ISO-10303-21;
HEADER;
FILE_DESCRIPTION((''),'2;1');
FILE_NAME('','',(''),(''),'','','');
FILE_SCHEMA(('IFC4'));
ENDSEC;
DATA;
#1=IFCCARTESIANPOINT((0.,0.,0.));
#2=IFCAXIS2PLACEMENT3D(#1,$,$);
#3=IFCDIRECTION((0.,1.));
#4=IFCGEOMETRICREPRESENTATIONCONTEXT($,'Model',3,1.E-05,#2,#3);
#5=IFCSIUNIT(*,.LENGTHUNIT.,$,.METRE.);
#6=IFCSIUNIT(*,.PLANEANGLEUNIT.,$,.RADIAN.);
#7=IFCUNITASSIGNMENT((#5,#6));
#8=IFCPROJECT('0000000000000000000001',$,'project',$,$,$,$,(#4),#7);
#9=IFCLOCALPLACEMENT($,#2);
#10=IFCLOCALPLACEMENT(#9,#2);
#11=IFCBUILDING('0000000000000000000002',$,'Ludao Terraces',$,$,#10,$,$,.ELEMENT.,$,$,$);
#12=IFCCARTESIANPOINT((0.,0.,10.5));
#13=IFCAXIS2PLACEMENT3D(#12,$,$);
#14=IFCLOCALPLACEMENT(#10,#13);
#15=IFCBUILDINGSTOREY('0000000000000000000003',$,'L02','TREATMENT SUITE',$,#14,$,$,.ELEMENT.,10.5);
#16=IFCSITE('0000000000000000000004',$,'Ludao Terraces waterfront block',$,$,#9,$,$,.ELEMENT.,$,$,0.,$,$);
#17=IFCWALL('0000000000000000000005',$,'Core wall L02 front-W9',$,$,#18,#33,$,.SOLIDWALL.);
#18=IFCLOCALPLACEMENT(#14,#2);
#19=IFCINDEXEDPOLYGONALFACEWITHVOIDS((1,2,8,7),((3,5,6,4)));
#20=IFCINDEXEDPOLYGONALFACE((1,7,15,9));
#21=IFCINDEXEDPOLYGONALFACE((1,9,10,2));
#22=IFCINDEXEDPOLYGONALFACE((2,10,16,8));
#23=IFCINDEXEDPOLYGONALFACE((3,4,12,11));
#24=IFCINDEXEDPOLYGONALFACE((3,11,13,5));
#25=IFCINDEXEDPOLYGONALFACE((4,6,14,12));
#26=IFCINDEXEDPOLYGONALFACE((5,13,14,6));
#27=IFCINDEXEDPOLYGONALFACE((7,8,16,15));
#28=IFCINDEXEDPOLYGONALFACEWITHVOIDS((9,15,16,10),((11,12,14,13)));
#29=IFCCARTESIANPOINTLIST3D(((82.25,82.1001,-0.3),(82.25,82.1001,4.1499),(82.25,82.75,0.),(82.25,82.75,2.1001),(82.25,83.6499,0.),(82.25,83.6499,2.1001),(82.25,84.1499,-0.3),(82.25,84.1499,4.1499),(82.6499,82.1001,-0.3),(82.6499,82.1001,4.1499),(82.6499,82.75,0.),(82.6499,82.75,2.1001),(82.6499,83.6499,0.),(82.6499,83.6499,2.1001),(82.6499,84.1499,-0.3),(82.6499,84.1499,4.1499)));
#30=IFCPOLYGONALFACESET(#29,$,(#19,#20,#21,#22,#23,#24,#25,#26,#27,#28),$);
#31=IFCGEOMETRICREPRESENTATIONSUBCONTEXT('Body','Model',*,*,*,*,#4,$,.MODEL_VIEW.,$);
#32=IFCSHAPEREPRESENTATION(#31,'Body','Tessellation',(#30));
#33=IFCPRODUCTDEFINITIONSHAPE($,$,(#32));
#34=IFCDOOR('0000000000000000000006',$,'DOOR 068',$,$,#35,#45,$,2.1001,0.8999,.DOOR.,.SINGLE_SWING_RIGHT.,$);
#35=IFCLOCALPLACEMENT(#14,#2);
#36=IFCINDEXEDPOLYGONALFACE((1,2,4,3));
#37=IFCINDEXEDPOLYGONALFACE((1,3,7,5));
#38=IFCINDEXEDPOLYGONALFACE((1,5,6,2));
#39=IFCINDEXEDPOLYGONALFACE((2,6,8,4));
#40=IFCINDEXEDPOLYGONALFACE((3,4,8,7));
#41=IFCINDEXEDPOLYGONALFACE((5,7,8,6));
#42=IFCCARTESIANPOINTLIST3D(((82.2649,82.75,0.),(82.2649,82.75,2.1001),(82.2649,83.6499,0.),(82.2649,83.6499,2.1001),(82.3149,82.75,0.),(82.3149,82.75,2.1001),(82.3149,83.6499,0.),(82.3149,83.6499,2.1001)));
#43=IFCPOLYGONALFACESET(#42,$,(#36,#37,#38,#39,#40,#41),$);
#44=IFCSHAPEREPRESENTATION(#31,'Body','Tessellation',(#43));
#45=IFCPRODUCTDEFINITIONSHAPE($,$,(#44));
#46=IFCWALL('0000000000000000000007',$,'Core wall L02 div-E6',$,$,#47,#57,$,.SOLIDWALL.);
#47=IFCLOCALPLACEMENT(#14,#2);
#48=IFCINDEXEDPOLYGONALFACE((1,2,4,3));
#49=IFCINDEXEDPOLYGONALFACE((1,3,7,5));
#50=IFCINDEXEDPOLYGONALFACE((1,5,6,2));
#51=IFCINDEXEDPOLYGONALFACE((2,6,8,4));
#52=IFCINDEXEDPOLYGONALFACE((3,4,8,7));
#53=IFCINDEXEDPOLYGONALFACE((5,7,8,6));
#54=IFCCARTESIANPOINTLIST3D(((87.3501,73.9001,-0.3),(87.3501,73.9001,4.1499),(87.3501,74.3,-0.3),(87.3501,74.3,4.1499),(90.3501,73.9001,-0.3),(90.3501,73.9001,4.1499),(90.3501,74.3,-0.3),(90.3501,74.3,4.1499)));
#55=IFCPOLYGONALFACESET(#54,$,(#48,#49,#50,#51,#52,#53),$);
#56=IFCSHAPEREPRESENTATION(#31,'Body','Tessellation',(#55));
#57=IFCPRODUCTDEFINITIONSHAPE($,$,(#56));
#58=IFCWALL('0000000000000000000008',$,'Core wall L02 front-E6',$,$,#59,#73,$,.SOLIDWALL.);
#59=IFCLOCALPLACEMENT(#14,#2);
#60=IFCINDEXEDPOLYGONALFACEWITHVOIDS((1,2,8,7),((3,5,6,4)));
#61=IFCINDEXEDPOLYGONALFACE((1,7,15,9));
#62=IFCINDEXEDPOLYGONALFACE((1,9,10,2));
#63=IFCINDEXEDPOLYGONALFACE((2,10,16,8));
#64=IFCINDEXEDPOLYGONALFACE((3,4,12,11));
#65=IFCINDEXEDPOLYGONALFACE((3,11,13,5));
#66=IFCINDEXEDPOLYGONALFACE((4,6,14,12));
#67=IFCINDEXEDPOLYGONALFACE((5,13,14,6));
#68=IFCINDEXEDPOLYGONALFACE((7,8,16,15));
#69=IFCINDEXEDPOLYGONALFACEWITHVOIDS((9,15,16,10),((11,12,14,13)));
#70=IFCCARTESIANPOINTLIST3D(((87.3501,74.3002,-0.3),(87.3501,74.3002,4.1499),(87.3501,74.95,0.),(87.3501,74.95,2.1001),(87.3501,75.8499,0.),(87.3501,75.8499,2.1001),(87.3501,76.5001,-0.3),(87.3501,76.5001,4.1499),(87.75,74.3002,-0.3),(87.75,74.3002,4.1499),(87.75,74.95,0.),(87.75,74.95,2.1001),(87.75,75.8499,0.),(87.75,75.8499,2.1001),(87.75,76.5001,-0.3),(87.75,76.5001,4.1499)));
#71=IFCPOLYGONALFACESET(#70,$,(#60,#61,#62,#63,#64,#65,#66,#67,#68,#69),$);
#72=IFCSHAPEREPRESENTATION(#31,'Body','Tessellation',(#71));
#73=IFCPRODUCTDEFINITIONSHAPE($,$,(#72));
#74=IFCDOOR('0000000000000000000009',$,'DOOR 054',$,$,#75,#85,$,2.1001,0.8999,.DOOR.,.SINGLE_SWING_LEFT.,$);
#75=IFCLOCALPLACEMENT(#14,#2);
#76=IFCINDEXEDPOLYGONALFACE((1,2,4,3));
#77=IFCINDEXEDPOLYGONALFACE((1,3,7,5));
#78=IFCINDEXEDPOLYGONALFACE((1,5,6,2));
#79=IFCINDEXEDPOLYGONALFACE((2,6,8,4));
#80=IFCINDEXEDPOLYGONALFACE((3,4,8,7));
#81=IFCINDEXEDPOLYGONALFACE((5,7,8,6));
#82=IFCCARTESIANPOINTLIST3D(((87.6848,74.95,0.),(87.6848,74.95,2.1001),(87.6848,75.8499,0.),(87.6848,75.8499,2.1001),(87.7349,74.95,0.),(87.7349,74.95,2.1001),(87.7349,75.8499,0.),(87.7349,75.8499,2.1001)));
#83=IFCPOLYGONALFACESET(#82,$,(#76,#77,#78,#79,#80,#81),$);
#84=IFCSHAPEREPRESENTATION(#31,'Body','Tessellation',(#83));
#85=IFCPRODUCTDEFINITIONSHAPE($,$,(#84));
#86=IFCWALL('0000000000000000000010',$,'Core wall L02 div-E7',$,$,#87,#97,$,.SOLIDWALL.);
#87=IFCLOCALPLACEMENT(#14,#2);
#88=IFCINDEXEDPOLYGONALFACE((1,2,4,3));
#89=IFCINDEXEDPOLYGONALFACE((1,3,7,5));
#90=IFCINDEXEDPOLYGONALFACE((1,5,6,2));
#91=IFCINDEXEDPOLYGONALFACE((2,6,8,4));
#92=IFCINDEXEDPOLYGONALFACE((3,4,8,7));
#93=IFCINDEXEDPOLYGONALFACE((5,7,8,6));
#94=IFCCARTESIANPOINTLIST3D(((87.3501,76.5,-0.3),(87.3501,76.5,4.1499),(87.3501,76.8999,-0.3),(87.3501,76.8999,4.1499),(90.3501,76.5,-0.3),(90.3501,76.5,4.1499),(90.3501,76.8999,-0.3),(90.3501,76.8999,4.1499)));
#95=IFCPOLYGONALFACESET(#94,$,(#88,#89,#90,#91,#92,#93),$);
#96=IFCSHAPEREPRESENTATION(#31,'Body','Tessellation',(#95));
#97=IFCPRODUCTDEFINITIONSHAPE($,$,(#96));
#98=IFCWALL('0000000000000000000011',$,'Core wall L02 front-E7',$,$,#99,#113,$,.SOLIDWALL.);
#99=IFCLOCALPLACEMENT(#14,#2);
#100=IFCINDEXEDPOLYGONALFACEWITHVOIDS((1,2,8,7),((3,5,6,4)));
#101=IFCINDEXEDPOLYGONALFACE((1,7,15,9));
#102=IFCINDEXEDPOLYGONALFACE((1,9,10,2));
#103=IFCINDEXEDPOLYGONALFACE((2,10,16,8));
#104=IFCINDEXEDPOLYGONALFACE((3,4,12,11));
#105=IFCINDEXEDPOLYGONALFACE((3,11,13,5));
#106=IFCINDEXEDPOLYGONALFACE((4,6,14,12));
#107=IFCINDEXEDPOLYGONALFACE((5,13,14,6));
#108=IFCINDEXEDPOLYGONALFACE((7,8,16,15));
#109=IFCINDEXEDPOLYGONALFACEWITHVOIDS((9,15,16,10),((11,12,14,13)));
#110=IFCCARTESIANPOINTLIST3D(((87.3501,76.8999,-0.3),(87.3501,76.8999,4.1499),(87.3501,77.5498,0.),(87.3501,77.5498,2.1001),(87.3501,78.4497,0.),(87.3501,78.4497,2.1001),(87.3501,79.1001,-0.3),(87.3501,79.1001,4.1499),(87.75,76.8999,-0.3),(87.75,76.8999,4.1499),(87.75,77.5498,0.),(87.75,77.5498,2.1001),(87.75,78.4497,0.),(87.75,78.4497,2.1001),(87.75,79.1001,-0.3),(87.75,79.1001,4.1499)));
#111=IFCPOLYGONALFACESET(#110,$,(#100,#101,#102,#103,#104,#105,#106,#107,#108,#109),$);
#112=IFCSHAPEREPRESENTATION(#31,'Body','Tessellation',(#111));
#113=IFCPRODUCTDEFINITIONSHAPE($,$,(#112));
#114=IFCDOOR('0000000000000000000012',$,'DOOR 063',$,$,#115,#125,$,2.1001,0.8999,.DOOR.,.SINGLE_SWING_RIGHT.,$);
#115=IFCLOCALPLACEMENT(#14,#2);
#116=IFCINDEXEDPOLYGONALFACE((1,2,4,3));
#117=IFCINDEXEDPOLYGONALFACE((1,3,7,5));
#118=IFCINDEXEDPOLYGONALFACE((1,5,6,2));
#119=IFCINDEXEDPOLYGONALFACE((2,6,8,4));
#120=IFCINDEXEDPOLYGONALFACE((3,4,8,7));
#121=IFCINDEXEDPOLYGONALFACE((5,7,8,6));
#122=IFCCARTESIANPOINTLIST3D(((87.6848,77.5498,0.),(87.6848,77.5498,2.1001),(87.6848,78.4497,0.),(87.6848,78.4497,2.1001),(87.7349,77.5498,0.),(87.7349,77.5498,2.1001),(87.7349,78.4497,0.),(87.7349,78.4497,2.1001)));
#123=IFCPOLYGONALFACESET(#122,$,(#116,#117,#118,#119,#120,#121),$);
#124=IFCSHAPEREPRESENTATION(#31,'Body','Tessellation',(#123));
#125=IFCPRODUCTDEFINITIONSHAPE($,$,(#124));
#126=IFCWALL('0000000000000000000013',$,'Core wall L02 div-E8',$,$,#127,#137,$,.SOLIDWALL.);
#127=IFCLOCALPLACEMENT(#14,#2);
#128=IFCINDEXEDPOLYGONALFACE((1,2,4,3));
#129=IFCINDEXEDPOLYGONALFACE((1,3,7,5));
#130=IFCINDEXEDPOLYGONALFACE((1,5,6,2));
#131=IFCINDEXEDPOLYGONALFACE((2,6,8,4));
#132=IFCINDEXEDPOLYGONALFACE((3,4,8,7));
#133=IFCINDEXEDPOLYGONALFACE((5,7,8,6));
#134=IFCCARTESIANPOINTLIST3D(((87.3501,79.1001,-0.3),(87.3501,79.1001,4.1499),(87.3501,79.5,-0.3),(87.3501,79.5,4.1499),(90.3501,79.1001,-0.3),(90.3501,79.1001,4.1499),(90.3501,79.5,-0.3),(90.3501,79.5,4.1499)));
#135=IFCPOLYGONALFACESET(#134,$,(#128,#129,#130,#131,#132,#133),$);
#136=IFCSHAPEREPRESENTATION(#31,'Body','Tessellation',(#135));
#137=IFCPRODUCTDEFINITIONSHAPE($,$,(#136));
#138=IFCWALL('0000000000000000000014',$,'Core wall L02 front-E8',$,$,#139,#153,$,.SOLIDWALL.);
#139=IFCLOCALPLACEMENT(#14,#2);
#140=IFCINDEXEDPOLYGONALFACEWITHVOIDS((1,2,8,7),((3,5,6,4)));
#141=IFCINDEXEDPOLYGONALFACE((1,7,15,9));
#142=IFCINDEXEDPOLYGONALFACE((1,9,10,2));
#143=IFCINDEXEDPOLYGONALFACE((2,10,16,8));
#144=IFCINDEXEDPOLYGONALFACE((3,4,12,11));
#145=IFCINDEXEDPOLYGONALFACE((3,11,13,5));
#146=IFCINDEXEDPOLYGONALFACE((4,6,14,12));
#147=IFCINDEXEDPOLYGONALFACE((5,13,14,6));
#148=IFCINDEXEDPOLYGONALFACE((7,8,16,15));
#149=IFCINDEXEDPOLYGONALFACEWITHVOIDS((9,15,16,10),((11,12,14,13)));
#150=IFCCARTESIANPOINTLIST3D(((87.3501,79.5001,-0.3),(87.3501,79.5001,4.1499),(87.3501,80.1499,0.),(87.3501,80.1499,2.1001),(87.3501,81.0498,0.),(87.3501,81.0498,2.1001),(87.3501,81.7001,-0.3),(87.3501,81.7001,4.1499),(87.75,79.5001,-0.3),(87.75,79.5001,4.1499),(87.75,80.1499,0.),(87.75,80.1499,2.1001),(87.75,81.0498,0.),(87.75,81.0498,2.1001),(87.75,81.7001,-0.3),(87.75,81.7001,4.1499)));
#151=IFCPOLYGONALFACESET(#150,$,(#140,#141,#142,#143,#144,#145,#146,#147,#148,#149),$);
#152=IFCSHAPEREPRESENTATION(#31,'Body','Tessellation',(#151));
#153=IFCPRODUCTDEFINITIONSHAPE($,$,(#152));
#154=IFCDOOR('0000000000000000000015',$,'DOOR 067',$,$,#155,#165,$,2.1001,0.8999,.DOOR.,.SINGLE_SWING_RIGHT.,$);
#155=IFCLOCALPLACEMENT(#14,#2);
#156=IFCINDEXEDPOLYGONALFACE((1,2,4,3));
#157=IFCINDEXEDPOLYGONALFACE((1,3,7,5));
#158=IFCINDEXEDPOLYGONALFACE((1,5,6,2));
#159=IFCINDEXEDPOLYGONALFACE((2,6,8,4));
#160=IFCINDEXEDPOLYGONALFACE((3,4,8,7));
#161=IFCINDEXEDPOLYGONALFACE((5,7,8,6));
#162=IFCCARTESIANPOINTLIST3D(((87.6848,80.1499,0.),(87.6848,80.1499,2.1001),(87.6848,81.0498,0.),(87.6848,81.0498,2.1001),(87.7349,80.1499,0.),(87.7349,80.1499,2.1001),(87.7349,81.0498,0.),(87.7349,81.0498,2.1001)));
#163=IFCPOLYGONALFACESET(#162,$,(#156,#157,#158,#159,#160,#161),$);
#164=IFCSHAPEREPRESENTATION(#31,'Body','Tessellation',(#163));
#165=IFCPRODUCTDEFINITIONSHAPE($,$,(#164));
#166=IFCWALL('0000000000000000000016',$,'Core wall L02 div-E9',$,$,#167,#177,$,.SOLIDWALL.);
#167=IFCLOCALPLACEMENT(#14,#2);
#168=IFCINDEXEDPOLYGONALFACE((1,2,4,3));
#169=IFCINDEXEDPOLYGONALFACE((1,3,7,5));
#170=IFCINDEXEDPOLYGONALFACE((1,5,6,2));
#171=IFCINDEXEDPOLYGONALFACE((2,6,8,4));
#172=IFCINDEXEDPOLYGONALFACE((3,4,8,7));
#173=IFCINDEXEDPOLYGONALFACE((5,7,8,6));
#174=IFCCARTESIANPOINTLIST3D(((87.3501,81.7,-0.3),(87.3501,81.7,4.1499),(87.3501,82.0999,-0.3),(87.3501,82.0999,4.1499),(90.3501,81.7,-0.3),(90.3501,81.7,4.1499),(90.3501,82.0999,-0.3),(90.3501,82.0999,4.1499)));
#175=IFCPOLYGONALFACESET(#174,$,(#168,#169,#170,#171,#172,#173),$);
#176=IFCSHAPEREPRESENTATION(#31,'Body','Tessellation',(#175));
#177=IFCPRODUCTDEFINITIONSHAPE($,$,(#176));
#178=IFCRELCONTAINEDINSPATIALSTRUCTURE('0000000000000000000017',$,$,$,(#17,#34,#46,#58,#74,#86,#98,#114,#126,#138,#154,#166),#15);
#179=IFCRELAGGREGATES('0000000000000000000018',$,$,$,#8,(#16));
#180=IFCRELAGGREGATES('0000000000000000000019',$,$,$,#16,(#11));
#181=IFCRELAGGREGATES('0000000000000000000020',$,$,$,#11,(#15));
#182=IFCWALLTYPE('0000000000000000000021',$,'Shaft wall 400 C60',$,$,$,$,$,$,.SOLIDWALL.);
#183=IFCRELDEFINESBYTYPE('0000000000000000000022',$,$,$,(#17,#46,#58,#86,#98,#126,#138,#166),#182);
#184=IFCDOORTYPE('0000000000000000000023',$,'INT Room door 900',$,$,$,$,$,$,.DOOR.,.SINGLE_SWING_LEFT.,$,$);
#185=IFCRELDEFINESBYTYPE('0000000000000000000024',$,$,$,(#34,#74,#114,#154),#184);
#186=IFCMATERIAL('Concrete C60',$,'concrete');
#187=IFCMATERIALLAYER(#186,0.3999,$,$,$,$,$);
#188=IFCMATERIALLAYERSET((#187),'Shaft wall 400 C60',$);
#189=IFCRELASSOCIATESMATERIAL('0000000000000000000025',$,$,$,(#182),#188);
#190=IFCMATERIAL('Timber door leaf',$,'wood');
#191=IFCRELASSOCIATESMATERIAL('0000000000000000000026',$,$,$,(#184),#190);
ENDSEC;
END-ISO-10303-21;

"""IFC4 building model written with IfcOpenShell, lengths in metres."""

from ifc_helpers import new_model, si_unit, direction, frame, frame_2d, origin, place, context, subcontext, project, spatial, rectangle, extrude, material, layer, layer_set, type_object, element, fill, save


model = new_model("IFC4")

# Units and contexts
model_context = context("Model", 3, precision=1e-05, world=origin(), true_north=direction((0.0, 1.0)))
body_context = subcontext(model_context, "Body", "Model", "MODEL_VIEW")
ifc_project = project(units=[si_unit("LENGTHUNIT", "METRE"), si_unit("PLANEANGLEUNIT", "RADIAN")], contexts=[model_context])

# Site, building, storey
site_placement = place(None, origin())
site = spatial("IfcSite", under=ifc_project, at=site_placement, Name="Ludao Terraces waterfront block", CompositionType="ELEMENT", RefElevation=0.0)
building_placement = place(site_placement, origin())
building = spatial("IfcBuilding", under=site, at=building_placement, Name="Ludao Terraces", CompositionType="ELEMENT")
storey_placement = place(building_placement, frame((0.0, 0.0, 10.5)))
storey = spatial("IfcBuildingStorey", under=building, at=storey_placement, Name="L02", Description="TREATMENT SUITE", CompositionType="ELEMENT", Elevation=10.5)

# Shared definitions
ifc_material_1 = material(Name="Concrete C60", Category="concrete")

# Shared definitions
ifc_layer_1 = layer(ifc_material_1, 0.3999)
ifc_layer_set_1 = layer_set([ifc_layer_1], Name="Shaft wall 400 C60")
wall_type_1 = type_object("IfcWallType", Name="Shaft wall 400 C60", PredefinedType="SOLIDWALL", material=ifc_layer_set_1)

# Wall, opening, door
wall_1_placement = place(storey_placement, frame((82.45, 82.1001, -0.3), z_axis=(0.0, 0.0, 1.0), x_axis=(0.0, 1.0, 0.0)))
wall_1 = element("IfcWall", 1, at=wall_1_placement, inside=storey, type_object=wall_type_1, Name="Core wall L02 front-W9", PredefinedType="SOLIDWALL", context=body_context, shape_type="SweptSolid", body=[
    extrude(rectangle(XDim=2.0498, YDim=0.3999, at=frame_2d((1.0249, 0.0))), origin(), (0.0, 0.0, 1.0), 4.45),
])
opening_1_placement = place(wall_1_placement, frame((0.6499, 0.0, 0.3)))
opening_1 = element("IfcOpeningElement", 2, at=opening_1_placement, cuts=wall_1, PredefinedType="OPENING", context=body_context, shape_type="SweptSolid", body=[
    extrude(rectangle(XDim=0.8999, YDim=2.1001, at=frame_2d((0.45, 1.05))), frame((0.0, 0.21, 0.0), z_axis=(0.0, -1.0, 0.0), x_axis=(1.0, 0.0, 0.0)), (0.0, 0.0, 1.0), 0.4199),
])
ifc_material_2 = material(Name="Timber door leaf", Category="wood")
door_type_1 = type_object("IfcDoorType", Name="INT Room door 900", OperationType="SINGLE_SWING_LEFT", PredefinedType="DOOR", material=ifc_material_2)
door_1_placement = place(opening_1_placement, origin())
door_1 = element("IfcDoor", 3, at=door_1_placement, inside=storey, type_object=door_type_1, Name="DOOR 068", OperationType="SINGLE_SWING_RIGHT", OverallHeight=2.1001, OverallWidth=0.8999, PredefinedType="DOOR", context=body_context, shape_type="SweptSolid", body=[
    extrude(rectangle(XDim=0.8999, YDim=2.1001, at=frame_2d((0.45, 1.05))), frame((0.0, 0.1851, 0.0), z_axis=(0.0, -1.0, 0.0), x_axis=(1.0, 0.0, 0.0)), (0.0, 0.0, 1.0), 0.05),
])
fill(opening_1, door_1)

# Wall
wall_2_placement = place(storey_placement, frame((87.3501, 74.1001, -0.3), z_axis=(0.0, 0.0, 1.0), x_axis=(1.0, 0.0, 0.0)))
element("IfcWall", 4, at=wall_2_placement, inside=storey, type_object=wall_type_1, Name="Core wall L02 div-E6", PredefinedType="SOLIDWALL", context=body_context, shape_type="SweptSolid", body=[
    extrude(rectangle(XDim=3.0, YDim=0.3999, at=frame_2d((1.5, 0.0))), origin(), (0.0, 0.0, 1.0), 4.45),
])

# Wall, opening, door
wall_3_placement = place(storey_placement, frame((87.55, 74.3, -0.3), z_axis=(0.0, 0.0, 1.0), x_axis=(0.0, 1.0, 0.0)))
wall_3 = element("IfcWall", 5, at=wall_3_placement, inside=storey, type_object=wall_type_1, Name="Core wall L02 front-E6", PredefinedType="SOLIDWALL", context=body_context, shape_type="SweptSolid", body=[
    extrude(rectangle(XDim=2.2, YDim=0.3999, at=frame_2d((1.1001, 0.0))), origin(), (0.0, 0.0, 1.0), 4.45),
])
opening_2_placement = place(wall_3_placement, frame((0.6499, 0.0, 0.3)))
opening_2 = element("IfcOpeningElement", 6, at=opening_2_placement, cuts=wall_3, PredefinedType="OPENING", context=body_context, shape_type="SweptSolid", body=[
    extrude(rectangle(XDim=0.8999, YDim=2.1001, at=frame_2d((0.45, 1.05))), frame((0.0, 0.21, 0.0), z_axis=(0.0, -1.0, 0.0), x_axis=(1.0, 0.0, 0.0)), (0.0, 0.0, 1.0), 0.4199),
])
door_2_placement = place(opening_2_placement, origin())
door_2 = element("IfcDoor", 7, at=door_2_placement, inside=storey, type_object=door_type_1, Name="DOOR 054", OperationType="SINGLE_SWING_LEFT", OverallHeight=2.1001, OverallWidth=0.8999, PredefinedType="DOOR", context=body_context, shape_type="SweptSolid", body=[
    extrude(rectangle(XDim=0.8999, YDim=2.1001, at=frame_2d((0.45, 1.05))), frame((0.0, -0.1348, 0.0), z_axis=(0.0, -1.0, 0.0), x_axis=(1.0, 0.0, 0.0)), (0.0, 0.0, 1.0), 0.05),
])
fill(opening_2, door_2)

# Wall
wall_4_placement = place(storey_placement, frame((87.3501, 76.7, -0.3), z_axis=(0.0, 0.0, 1.0), x_axis=(1.0, 0.0, 0.0)))
element("IfcWall", 8, at=wall_4_placement, inside=storey, type_object=wall_type_1, Name="Core wall L02 div-E7", PredefinedType="SOLIDWALL", context=body_context, shape_type="SweptSolid", body=[
    extrude(rectangle(XDim=3.0, YDim=0.3999, at=frame_2d((1.5, 0.0))), origin(), (0.0, 0.0, 1.0), 4.45),
])

# Wall, opening, door
wall_5_placement = place(storey_placement, frame((87.55, 76.8999, -0.3), z_axis=(0.0, 0.0, 1.0), x_axis=(0.0, 1.0, 0.0)))
wall_5 = element("IfcWall", 9, at=wall_5_placement, inside=storey, type_object=wall_type_1, Name="Core wall L02 front-E7", PredefinedType="SOLIDWALL", context=body_context, shape_type="SweptSolid", body=[
    extrude(rectangle(XDim=2.2002, YDim=0.3999, at=frame_2d((1.1001, 0.0))), origin(), (0.0, 0.0, 1.0), 4.45),
])
opening_3_placement = place(wall_5_placement, frame((0.6499, 0.0, 0.3)))
opening_3 = element("IfcOpeningElement", 10, at=opening_3_placement, cuts=wall_5, PredefinedType="OPENING", context=body_context, shape_type="SweptSolid", body=[
    extrude(rectangle(XDim=0.8999, YDim=2.1001, at=frame_2d((0.45, 1.05))), frame((0.0, 0.21, 0.0), z_axis=(0.0, -1.0, 0.0), x_axis=(1.0, 0.0, 0.0)), (0.0, 0.0, 1.0), 0.4199),
])
door_3_placement = place(opening_3_placement, origin())
door_3 = element("IfcDoor", 11, at=door_3_placement, inside=storey, type_object=door_type_1, Name="DOOR 063", OperationType="SINGLE_SWING_RIGHT", OverallHeight=2.1001, OverallWidth=0.8999, PredefinedType="DOOR", context=body_context, shape_type="SweptSolid", body=[
    extrude(rectangle(XDim=0.8999, YDim=2.1001, at=frame_2d((0.45, 1.05))), frame((0.0, -0.1348, 0.0), z_axis=(0.0, -1.0, 0.0), x_axis=(1.0, 0.0, 0.0)), (0.0, 0.0, 1.0), 0.05),
])
fill(opening_3, door_3)

# Wall
wall_6_placement = place(storey_placement, frame((87.3501, 79.3, -0.3), z_axis=(0.0, 0.0, 1.0), x_axis=(1.0, 0.0, 0.0)))
element("IfcWall", 12, at=wall_6_placement, inside=storey, type_object=wall_type_1, Name="Core wall L02 div-E8", PredefinedType="SOLIDWALL", context=body_context, shape_type="SweptSolid", body=[
    extrude(rectangle(XDim=3.0, YDim=0.3999, at=frame_2d((1.5, 0.0))), origin(), (0.0, 0.0, 1.0), 4.45),
])

# Wall, opening, door
wall_7_placement = place(storey_placement, frame((87.55, 79.5, -0.3), z_axis=(0.0, 0.0, 1.0), x_axis=(0.0, 1.0, 0.0)))
wall_7 = element("IfcWall", 13, at=wall_7_placement, inside=storey, type_object=wall_type_1, Name="Core wall L02 front-E8", PredefinedType="SOLIDWALL", context=body_context, shape_type="SweptSolid", body=[
    extrude(rectangle(XDim=2.2, YDim=0.3999, at=frame_2d((1.1001, 0.0))), origin(), (0.0, 0.0, 1.0), 4.45),
])
opening_4_placement = place(wall_7_placement, frame((0.6499, 0.0, 0.3)))
opening_4 = element("IfcOpeningElement", 14, at=opening_4_placement, cuts=wall_7, PredefinedType="OPENING", context=body_context, shape_type="SweptSolid", body=[
    extrude(rectangle(XDim=0.8999, YDim=2.1001, at=frame_2d((0.45, 1.05))), frame((0.0, 0.21, 0.0), z_axis=(0.0, -1.0, 0.0), x_axis=(1.0, 0.0, 0.0)), (0.0, 0.0, 1.0), 0.4199),
])
door_4_placement = place(opening_4_placement, origin())
door_4 = element("IfcDoor", 15, at=door_4_placement, inside=storey, type_object=door_type_1, Name="DOOR 067", OperationType="SINGLE_SWING_RIGHT", OverallHeight=2.1001, OverallWidth=0.8999, PredefinedType="DOOR", context=body_context, shape_type="SweptSolid", body=[
    extrude(rectangle(XDim=0.8999, YDim=2.1001, at=frame_2d((0.45, 1.05))), frame((0.0, -0.1348, 0.0), z_axis=(0.0, -1.0, 0.0), x_axis=(1.0, 0.0, 0.0)), (0.0, 0.0, 1.0), 0.05),
])
fill(opening_4, door_4)

# Wall
wall_8_placement = place(storey_placement, frame((87.3501, 81.8999, -0.3), z_axis=(0.0, 0.0, 1.0), x_axis=(1.0, 0.0, 0.0)))
element("IfcWall", 16, at=wall_8_placement, inside=storey, type_object=wall_type_1, Name="Core wall L02 div-E9", PredefinedType="SOLIDWALL", context=body_context, shape_type="SweptSolid", body=[
    extrude(rectangle(XDim=3.0, YDim=0.3999, at=frame_2d((1.5, 0.0))), origin(), (0.0, 0.0, 1.0), 4.45),
])

save(model, "model.ifc")
